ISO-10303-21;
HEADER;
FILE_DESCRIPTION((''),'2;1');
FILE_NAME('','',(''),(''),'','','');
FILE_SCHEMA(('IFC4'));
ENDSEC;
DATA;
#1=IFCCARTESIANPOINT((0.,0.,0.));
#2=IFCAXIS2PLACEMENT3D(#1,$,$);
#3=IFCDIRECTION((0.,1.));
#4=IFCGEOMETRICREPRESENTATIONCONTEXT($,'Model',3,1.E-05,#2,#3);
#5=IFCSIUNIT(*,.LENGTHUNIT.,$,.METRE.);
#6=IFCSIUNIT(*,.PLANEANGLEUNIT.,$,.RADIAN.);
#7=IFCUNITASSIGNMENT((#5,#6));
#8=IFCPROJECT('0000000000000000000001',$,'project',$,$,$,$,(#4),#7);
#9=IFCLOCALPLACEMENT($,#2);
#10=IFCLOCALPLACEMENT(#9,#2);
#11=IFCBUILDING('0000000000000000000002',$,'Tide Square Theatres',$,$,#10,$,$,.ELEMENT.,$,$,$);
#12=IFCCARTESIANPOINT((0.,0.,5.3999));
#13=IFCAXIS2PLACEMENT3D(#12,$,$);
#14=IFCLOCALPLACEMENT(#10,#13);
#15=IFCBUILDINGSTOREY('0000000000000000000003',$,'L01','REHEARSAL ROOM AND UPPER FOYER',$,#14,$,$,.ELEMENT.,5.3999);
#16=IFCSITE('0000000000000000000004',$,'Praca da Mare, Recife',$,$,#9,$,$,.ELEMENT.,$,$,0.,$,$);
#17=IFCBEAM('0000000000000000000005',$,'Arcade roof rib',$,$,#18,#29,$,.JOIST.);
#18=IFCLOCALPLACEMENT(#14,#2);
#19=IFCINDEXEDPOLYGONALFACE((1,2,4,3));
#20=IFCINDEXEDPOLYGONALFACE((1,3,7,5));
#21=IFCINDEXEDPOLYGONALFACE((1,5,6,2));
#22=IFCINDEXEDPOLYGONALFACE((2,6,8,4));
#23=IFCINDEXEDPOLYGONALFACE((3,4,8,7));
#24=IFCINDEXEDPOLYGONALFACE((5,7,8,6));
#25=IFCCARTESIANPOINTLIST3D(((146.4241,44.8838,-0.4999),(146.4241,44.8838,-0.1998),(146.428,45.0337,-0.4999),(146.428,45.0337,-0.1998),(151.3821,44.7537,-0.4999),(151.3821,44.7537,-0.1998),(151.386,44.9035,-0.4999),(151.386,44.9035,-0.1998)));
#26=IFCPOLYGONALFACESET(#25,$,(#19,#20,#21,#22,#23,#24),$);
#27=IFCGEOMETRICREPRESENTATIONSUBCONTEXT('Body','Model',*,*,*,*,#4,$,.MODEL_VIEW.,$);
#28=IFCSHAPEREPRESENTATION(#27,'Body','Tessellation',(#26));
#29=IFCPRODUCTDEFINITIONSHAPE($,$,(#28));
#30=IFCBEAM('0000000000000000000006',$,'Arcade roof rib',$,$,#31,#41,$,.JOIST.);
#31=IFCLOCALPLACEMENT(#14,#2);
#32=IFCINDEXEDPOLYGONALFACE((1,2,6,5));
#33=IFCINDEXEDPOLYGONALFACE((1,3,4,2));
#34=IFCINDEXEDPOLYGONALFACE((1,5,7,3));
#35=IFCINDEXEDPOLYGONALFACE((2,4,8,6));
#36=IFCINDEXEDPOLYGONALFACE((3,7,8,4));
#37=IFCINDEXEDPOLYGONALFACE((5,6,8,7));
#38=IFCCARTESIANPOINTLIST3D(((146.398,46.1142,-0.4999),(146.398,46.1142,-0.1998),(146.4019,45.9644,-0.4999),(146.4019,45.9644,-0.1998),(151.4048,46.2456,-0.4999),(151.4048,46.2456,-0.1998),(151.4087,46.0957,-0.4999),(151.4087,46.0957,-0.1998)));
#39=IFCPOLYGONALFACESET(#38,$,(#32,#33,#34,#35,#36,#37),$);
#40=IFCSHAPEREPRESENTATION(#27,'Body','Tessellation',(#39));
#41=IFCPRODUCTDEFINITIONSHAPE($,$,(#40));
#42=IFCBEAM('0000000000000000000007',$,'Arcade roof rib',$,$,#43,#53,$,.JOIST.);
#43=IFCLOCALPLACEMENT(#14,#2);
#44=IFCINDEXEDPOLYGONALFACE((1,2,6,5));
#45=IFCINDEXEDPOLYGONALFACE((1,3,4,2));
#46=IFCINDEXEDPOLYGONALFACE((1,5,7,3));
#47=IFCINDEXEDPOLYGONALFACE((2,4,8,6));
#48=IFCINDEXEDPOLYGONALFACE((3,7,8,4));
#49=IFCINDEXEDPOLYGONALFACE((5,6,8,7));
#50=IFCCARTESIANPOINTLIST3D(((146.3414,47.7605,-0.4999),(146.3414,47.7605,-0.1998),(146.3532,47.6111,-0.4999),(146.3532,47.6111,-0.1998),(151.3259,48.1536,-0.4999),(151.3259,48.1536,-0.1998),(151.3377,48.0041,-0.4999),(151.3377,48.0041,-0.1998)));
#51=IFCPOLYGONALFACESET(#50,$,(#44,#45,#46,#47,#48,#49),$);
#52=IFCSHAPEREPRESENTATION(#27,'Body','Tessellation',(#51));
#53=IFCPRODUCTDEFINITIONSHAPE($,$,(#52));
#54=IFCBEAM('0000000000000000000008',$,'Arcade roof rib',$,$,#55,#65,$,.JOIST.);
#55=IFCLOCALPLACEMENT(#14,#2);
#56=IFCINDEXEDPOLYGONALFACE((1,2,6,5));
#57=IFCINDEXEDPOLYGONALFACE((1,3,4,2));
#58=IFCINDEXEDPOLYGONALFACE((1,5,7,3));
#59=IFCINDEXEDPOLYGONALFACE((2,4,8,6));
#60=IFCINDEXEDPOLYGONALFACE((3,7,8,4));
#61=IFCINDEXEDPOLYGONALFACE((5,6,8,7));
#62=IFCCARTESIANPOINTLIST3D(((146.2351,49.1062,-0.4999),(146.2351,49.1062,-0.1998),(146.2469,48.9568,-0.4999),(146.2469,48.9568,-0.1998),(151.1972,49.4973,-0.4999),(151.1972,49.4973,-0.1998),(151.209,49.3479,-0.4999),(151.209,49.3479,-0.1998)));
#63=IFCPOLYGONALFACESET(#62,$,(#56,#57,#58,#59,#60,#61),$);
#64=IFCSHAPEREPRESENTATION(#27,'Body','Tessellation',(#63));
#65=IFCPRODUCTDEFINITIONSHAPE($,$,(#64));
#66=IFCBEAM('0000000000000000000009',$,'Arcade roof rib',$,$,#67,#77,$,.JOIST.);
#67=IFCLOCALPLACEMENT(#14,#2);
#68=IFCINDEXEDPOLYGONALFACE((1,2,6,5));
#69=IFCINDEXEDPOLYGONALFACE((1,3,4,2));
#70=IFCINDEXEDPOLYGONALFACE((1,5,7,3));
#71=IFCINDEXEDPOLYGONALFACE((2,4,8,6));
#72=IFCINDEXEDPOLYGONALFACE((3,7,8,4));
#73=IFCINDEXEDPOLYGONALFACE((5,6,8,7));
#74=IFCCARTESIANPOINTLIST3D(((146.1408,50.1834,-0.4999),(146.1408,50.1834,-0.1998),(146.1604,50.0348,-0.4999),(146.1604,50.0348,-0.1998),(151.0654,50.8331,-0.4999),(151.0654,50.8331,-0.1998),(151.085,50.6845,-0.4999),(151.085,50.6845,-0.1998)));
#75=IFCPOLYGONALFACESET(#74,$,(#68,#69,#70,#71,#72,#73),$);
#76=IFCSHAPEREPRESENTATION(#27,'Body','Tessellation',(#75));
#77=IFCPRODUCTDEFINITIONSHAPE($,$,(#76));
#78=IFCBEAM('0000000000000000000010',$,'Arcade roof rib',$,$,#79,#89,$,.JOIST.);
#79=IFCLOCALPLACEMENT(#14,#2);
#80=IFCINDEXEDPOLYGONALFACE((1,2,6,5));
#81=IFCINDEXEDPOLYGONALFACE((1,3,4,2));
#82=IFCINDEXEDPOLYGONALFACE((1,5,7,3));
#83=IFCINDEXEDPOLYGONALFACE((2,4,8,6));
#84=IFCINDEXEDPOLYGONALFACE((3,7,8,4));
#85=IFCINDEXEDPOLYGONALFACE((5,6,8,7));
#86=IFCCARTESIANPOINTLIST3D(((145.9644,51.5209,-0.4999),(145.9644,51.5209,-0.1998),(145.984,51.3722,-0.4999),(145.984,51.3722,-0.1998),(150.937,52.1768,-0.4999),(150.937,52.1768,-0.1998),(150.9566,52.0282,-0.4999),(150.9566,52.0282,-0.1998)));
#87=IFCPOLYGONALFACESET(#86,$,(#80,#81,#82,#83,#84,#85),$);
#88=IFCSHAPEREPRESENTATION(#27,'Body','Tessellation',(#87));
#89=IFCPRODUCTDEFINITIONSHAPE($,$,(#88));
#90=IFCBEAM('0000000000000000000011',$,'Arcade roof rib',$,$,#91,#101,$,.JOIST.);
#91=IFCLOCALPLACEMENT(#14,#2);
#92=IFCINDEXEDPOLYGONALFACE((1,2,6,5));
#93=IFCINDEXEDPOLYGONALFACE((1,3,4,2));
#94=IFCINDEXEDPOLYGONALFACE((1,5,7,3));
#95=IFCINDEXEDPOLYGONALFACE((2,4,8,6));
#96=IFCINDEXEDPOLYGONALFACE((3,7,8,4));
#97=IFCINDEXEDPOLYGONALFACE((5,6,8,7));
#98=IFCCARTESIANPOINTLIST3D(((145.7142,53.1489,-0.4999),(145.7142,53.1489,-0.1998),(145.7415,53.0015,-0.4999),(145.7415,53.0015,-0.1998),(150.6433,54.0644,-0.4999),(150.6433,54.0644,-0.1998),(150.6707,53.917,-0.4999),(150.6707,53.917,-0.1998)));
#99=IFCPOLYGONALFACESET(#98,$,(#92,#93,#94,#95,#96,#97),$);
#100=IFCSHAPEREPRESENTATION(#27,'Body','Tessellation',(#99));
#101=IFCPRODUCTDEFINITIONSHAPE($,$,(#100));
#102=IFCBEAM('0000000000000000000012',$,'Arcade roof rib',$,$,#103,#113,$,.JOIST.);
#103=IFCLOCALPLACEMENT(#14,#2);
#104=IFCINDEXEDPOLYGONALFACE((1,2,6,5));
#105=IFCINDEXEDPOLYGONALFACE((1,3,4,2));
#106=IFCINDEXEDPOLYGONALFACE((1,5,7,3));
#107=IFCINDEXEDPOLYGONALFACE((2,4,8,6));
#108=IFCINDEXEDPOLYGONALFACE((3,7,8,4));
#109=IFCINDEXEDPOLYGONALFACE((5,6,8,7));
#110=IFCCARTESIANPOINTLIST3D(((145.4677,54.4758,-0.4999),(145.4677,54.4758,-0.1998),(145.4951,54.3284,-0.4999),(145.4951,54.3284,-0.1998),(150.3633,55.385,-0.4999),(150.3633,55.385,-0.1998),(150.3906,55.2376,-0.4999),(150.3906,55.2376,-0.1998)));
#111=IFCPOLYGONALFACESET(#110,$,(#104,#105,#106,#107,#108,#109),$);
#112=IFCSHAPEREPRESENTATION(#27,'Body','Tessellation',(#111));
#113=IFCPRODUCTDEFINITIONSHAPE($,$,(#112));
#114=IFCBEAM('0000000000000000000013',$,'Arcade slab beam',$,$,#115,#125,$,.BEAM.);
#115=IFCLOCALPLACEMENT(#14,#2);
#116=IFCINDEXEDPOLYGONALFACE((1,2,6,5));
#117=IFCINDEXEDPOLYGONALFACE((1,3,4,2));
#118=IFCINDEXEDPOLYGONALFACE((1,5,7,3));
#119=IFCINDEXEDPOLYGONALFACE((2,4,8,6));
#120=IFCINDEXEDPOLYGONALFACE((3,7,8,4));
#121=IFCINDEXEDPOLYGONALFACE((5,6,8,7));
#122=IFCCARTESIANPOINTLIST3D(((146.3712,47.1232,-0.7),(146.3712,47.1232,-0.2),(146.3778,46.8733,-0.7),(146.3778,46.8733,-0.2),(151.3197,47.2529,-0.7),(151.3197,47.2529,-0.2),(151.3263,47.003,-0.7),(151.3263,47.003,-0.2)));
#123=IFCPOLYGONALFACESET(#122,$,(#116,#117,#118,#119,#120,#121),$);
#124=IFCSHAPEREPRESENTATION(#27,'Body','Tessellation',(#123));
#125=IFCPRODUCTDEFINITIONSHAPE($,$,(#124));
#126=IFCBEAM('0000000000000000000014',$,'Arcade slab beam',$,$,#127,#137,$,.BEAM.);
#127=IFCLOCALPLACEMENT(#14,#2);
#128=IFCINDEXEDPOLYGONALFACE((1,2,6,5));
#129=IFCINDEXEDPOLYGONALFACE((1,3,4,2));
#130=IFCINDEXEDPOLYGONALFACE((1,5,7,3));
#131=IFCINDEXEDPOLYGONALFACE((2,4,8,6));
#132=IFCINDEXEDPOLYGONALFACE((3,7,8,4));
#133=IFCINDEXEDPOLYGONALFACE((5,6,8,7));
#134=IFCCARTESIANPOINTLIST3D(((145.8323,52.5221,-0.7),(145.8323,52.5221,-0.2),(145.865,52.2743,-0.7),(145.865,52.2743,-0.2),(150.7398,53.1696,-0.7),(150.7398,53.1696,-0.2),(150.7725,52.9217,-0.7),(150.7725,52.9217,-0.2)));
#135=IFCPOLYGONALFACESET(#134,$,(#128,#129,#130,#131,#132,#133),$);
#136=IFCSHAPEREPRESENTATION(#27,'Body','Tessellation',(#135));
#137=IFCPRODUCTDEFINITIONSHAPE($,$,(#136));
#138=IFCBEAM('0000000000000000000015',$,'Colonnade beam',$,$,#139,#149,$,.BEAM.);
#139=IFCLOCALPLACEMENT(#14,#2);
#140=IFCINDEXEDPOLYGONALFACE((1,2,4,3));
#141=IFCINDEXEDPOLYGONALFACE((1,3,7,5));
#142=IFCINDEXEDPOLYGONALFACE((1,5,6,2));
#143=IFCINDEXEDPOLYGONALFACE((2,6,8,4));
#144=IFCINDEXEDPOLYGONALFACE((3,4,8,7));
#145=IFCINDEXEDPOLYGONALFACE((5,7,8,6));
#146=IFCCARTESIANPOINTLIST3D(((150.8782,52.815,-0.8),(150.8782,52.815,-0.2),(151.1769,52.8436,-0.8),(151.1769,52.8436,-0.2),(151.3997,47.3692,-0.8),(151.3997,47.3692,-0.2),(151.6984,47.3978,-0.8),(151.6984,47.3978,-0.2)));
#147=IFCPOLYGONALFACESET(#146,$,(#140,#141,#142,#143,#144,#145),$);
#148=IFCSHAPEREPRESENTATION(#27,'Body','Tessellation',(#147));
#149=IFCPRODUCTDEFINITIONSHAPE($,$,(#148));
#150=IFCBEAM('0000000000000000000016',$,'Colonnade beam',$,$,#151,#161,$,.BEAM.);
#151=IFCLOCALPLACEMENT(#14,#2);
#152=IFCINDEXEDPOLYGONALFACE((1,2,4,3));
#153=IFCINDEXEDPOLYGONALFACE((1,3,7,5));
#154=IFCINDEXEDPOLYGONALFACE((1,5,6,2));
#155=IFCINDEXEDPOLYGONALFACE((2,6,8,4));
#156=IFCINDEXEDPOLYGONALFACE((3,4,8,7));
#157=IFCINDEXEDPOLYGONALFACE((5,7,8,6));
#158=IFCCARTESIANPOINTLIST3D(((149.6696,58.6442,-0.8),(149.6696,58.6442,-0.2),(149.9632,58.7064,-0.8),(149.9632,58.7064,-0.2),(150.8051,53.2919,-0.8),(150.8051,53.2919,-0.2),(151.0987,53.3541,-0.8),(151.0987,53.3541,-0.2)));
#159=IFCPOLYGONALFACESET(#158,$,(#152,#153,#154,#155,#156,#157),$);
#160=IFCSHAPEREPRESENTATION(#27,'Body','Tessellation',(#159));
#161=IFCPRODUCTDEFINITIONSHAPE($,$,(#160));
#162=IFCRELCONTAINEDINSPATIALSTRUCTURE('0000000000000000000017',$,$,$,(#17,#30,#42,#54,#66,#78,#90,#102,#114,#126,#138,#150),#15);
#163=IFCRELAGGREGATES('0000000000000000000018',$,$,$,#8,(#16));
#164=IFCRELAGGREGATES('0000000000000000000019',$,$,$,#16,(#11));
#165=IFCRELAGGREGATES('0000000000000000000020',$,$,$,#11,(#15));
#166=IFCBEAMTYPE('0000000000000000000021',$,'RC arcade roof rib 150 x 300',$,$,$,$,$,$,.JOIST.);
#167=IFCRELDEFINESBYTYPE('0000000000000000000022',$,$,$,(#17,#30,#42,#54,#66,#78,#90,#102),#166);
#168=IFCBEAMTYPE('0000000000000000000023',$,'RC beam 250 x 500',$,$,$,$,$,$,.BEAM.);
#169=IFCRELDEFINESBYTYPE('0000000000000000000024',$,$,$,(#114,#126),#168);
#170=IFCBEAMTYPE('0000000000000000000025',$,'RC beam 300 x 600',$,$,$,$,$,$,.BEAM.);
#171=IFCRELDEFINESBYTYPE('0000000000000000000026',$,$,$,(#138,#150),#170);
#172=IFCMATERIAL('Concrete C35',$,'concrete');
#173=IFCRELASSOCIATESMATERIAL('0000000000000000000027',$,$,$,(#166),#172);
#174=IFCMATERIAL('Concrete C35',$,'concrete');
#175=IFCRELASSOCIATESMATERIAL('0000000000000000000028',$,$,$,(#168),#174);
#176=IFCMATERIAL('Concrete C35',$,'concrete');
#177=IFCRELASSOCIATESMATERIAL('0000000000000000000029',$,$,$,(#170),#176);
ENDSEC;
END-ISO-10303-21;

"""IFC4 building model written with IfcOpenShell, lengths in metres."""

from ifc_helpers import new_model, si_unit, direction, frame, origin, origin_2d, place, context, subcontext, project, spatial, rectangle, extrude, material, material_profile, profile_set, type_object, element, save


model = new_model("IFC4")

# Units and contexts
model_context = context("Model", 3, precision=1e-05, world=origin(), true_north=direction((0.0, 1.0)))
body_context = subcontext(model_context, "Body", "Model", "MODEL_VIEW")
ifc_project = project(units=[si_unit("LENGTHUNIT", "METRE"), si_unit("PLANEANGLEUNIT", "RADIAN")], contexts=[model_context])

# Site, building, storey
site_placement = place(None, origin())
site = spatial("IfcSite", under=ifc_project, at=site_placement, Name="Praca da Mare, Recife", CompositionType="ELEMENT", RefElevation=0.0)
building_placement = place(site_placement, origin())
building = spatial("IfcBuilding", under=site, at=building_placement, Name="Tide Square Theatres", CompositionType="ELEMENT")
storey_placement = place(building_placement, frame((0.0, 0.0, 5.3999)))
storey = spatial("IfcBuildingStorey", under=building, at=storey_placement, Name="L01", Description="REHEARSAL ROOM AND UPPER FOYER", CompositionType="ELEMENT", Elevation=5.3999)

# Beams
ifc_material_1 = material(Name="Concrete C35", Category="concrete")
ifc_material_profile_1 = material_profile(ifc_material_1, rectangle(XDim=0.1499, YDim=0.3, at=origin_2d()))
ifc_profile_set_1 = profile_set([ifc_material_profile_1], Name="Concrete C35")
beam_type_1 = type_object("IfcBeamType", Name="RC arcade roof rib 150 x 300", PredefinedType="JOIST", material=ifc_profile_set_1)
beam_1_placement = place(storey_placement, frame((151.384, 44.8286, -0.3499), z_axis=(-0.999656, 0.026237, 0.0), x_axis=(-0.026237, -0.999656, 0.0)))
element("IfcBeam", 1, at=beam_1_placement, inside=storey, type_object=beam_type_1, Name="Arcade roof rib", PredefinedType="JOIST", context=body_context, shape_type="SweptSolid", body=[
    extrude(rectangle(XDim=0.1499, YDim=0.3, at=origin_2d()), origin(), (0.0, 0.0, 1.0), 4.9597),
])
beam_2_placement = place(storey_placement, frame((151.4067, 46.1707, -0.3499), z_axis=(-0.999656, -0.026225, 0.0), x_axis=(0.026225, -0.999656, 0.0)))
element("IfcBeam", 2, at=beam_2_placement, inside=storey, type_object=beam_type_1, Name="Arcade roof rib", PredefinedType="JOIST", context=body_context, shape_type="SweptSolid", body=[
    extrude(rectangle(XDim=0.1499, YDim=0.3, at=origin_2d()), origin(), (0.0, 0.0, 1.0), 5.0085),
])
beam_3_placement = place(storey_placement, frame((151.3318, 48.0789, -0.3499), z_axis=(-0.996905, -0.078612, 0.0), x_axis=(0.078612, -0.996905, 0.0)))
element("IfcBeam", 3, at=beam_3_placement, inside=storey, type_object=beam_type_1, Name="Arcade roof rib", PredefinedType="JOIST", context=body_context, shape_type="SweptSolid", body=[
    extrude(rectangle(XDim=0.1499, YDim=0.3, at=origin_2d()), origin(), (0.0, 0.0, 1.0), 5.0),
])
beam_4_placement = place(storey_placement, frame((151.2031, 49.4226, -0.3499), z_axis=(-0.996908, -0.078575, 0.0), x_axis=(0.078575, -0.996908, 0.0)))
element("IfcBeam", 4, at=beam_4_placement, inside=storey, type_object=beam_type_1, Name="Arcade roof rib", PredefinedType="JOIST", context=body_context, shape_type="SweptSolid", body=[
    extrude(rectangle(XDim=0.1499, YDim=0.3, at=origin_2d()), origin(), (0.0, 0.0, 1.0), 4.9775),
])
beam_5_placement = place(storey_placement, frame((151.0752, 50.7588, -0.3499), z_axis=(-0.99141, -0.130789, 0.0), x_axis=(0.130789, -0.99141, 0.0)))
element("IfcBeam", 5, at=beam_5_placement, inside=storey, type_object=beam_type_1, Name="Arcade roof rib", PredefinedType="JOIST", context=body_context, shape_type="SweptSolid", body=[
    extrude(rectangle(XDim=0.1499, YDim=0.3, at=origin_2d()), origin(), (0.0, 0.0, 1.0), 4.9673),
])
beam_6_placement = place(storey_placement, frame((150.9468, 52.1025, -0.3499), z_axis=(-0.99141, -0.130789, 0.0), x_axis=(0.130789, -0.99141, 0.0)))
element("IfcBeam", 6, at=beam_6_placement, inside=storey, type_object=beam_type_1, Name="Arcade roof rib", PredefinedType="JOIST", context=body_context, shape_type="SweptSolid", body=[
    extrude(rectangle(XDim=0.1499, YDim=0.3, at=origin_2d()), origin(), (0.0, 0.0, 1.0), 5.0156),
])
beam_7_placement = place(storey_placement, frame((150.657, 53.9907, -0.3499), z_axis=(-0.983185, -0.182612, 0.0), x_axis=(0.182612, -0.983185, 0.0)))
element("IfcBeam", 7, at=beam_7_placement, inside=storey, type_object=beam_type_1, Name="Arcade roof rib", PredefinedType="JOIST", context=body_context, shape_type="SweptSolid", body=[
    extrude(rectangle(XDim=0.1499, YDim=0.3, at=origin_2d()), origin(), (0.0, 0.0, 1.0), 5.0134),
])
beam_8_placement = place(storey_placement, frame((150.377, 55.3113, -0.3499), z_axis=(-0.983188, -0.182595, 0.0), x_axis=(0.182595, -0.983188, 0.0)))
element("IfcBeam", 8, at=beam_8_placement, inside=storey, type_object=beam_type_1, Name="Arcade roof rib", PredefinedType="JOIST", context=body_context, shape_type="SweptSolid", body=[
    extrude(rectangle(XDim=0.1499, YDim=0.3, at=origin_2d()), origin(), (0.0, 0.0, 1.0), 4.9792),
])
ifc_material_2 = material(Name="Concrete C35", Category="concrete")
ifc_material_profile_2 = material_profile(ifc_material_2, rectangle(XDim=0.25, YDim=0.5, at=origin_2d()))
ifc_profile_set_2 = profile_set([ifc_material_profile_2], Name="Concrete C35")
beam_type_2 = type_object("IfcBeamType", Name="RC beam 250 x 500", PredefinedType="BEAM", material=ifc_profile_set_2)
beam_9_placement = place(storey_placement, frame((151.323, 47.1279, -0.45), z_axis=(-0.999657, -0.026189, 0.0), x_axis=(0.026189, -0.999657, 0.0)))
element("IfcBeam", 9, at=beam_9_placement, inside=storey, type_object=beam_type_2, Name="Arcade slab beam", PredefinedType="BEAM", context=body_context, shape_type="SweptSolid", body=[
    extrude(rectangle(XDim=0.25, YDim=0.5, at=origin_2d()), origin(), (0.0, 0.0, 1.0), 4.9502),
])
beam_10_placement = place(storey_placement, frame((150.7561, 53.0457, -0.45), z_axis=(-0.991409, -0.1308, 0.0), x_axis=(0.1308, -0.991409, 0.0)))
element("IfcBeam", 10, at=beam_10_placement, inside=storey, type_object=beam_type_2, Name="Arcade slab beam", PredefinedType="BEAM", context=body_context, shape_type="SweptSolid", body=[
    extrude(rectangle(XDim=0.25, YDim=0.5, at=origin_2d()), origin(), (0.0, 0.0, 1.0), 4.95),
])
ifc_material_3 = material(Name="Concrete C35", Category="concrete")
ifc_material_profile_3 = material_profile(ifc_material_3, rectangle(XDim=0.3, YDim=0.6001, at=origin_2d()))
ifc_profile_set_3 = profile_set([ifc_material_profile_3], Name="Concrete C35")
beam_type_3 = type_object("IfcBeamType", Name="RC beam 300 x 600", PredefinedType="BEAM", material=ifc_profile_set_3)
beam_11_placement = place(storey_placement, frame((151.5491, 47.3835, -0.5), z_axis=(-0.095323, 0.995446, 0.0), x_axis=(-0.995446, -0.095323, 0.0)))
element("IfcBeam", 11, at=beam_11_placement, inside=storey, type_object=beam_type_3, Name="Colonnade beam", PredefinedType="BEAM", context=body_context, shape_type="SweptSolid", body=[
    extrude(rectangle(XDim=0.3, YDim=0.6001, at=origin_2d()), origin(), (0.0, 0.0, 1.0), 5.4707),
])
beam_12_placement = place(storey_placement, frame((150.9519, 53.323, -0.5), z_axis=(-0.207533, 0.978228, 0.0), x_axis=(-0.978228, -0.207533, 0.0)))
element("IfcBeam", 12, at=beam_12_placement, inside=storey, type_object=beam_type_3, Name="Colonnade beam", PredefinedType="BEAM", context=body_context, shape_type="SweptSolid", body=[
    extrude(rectangle(XDim=0.3, YDim=0.6001, at=origin_2d()), origin(), (0.0, 0.0, 1.0), 5.4714),
])

save(model, "model.ifc")
